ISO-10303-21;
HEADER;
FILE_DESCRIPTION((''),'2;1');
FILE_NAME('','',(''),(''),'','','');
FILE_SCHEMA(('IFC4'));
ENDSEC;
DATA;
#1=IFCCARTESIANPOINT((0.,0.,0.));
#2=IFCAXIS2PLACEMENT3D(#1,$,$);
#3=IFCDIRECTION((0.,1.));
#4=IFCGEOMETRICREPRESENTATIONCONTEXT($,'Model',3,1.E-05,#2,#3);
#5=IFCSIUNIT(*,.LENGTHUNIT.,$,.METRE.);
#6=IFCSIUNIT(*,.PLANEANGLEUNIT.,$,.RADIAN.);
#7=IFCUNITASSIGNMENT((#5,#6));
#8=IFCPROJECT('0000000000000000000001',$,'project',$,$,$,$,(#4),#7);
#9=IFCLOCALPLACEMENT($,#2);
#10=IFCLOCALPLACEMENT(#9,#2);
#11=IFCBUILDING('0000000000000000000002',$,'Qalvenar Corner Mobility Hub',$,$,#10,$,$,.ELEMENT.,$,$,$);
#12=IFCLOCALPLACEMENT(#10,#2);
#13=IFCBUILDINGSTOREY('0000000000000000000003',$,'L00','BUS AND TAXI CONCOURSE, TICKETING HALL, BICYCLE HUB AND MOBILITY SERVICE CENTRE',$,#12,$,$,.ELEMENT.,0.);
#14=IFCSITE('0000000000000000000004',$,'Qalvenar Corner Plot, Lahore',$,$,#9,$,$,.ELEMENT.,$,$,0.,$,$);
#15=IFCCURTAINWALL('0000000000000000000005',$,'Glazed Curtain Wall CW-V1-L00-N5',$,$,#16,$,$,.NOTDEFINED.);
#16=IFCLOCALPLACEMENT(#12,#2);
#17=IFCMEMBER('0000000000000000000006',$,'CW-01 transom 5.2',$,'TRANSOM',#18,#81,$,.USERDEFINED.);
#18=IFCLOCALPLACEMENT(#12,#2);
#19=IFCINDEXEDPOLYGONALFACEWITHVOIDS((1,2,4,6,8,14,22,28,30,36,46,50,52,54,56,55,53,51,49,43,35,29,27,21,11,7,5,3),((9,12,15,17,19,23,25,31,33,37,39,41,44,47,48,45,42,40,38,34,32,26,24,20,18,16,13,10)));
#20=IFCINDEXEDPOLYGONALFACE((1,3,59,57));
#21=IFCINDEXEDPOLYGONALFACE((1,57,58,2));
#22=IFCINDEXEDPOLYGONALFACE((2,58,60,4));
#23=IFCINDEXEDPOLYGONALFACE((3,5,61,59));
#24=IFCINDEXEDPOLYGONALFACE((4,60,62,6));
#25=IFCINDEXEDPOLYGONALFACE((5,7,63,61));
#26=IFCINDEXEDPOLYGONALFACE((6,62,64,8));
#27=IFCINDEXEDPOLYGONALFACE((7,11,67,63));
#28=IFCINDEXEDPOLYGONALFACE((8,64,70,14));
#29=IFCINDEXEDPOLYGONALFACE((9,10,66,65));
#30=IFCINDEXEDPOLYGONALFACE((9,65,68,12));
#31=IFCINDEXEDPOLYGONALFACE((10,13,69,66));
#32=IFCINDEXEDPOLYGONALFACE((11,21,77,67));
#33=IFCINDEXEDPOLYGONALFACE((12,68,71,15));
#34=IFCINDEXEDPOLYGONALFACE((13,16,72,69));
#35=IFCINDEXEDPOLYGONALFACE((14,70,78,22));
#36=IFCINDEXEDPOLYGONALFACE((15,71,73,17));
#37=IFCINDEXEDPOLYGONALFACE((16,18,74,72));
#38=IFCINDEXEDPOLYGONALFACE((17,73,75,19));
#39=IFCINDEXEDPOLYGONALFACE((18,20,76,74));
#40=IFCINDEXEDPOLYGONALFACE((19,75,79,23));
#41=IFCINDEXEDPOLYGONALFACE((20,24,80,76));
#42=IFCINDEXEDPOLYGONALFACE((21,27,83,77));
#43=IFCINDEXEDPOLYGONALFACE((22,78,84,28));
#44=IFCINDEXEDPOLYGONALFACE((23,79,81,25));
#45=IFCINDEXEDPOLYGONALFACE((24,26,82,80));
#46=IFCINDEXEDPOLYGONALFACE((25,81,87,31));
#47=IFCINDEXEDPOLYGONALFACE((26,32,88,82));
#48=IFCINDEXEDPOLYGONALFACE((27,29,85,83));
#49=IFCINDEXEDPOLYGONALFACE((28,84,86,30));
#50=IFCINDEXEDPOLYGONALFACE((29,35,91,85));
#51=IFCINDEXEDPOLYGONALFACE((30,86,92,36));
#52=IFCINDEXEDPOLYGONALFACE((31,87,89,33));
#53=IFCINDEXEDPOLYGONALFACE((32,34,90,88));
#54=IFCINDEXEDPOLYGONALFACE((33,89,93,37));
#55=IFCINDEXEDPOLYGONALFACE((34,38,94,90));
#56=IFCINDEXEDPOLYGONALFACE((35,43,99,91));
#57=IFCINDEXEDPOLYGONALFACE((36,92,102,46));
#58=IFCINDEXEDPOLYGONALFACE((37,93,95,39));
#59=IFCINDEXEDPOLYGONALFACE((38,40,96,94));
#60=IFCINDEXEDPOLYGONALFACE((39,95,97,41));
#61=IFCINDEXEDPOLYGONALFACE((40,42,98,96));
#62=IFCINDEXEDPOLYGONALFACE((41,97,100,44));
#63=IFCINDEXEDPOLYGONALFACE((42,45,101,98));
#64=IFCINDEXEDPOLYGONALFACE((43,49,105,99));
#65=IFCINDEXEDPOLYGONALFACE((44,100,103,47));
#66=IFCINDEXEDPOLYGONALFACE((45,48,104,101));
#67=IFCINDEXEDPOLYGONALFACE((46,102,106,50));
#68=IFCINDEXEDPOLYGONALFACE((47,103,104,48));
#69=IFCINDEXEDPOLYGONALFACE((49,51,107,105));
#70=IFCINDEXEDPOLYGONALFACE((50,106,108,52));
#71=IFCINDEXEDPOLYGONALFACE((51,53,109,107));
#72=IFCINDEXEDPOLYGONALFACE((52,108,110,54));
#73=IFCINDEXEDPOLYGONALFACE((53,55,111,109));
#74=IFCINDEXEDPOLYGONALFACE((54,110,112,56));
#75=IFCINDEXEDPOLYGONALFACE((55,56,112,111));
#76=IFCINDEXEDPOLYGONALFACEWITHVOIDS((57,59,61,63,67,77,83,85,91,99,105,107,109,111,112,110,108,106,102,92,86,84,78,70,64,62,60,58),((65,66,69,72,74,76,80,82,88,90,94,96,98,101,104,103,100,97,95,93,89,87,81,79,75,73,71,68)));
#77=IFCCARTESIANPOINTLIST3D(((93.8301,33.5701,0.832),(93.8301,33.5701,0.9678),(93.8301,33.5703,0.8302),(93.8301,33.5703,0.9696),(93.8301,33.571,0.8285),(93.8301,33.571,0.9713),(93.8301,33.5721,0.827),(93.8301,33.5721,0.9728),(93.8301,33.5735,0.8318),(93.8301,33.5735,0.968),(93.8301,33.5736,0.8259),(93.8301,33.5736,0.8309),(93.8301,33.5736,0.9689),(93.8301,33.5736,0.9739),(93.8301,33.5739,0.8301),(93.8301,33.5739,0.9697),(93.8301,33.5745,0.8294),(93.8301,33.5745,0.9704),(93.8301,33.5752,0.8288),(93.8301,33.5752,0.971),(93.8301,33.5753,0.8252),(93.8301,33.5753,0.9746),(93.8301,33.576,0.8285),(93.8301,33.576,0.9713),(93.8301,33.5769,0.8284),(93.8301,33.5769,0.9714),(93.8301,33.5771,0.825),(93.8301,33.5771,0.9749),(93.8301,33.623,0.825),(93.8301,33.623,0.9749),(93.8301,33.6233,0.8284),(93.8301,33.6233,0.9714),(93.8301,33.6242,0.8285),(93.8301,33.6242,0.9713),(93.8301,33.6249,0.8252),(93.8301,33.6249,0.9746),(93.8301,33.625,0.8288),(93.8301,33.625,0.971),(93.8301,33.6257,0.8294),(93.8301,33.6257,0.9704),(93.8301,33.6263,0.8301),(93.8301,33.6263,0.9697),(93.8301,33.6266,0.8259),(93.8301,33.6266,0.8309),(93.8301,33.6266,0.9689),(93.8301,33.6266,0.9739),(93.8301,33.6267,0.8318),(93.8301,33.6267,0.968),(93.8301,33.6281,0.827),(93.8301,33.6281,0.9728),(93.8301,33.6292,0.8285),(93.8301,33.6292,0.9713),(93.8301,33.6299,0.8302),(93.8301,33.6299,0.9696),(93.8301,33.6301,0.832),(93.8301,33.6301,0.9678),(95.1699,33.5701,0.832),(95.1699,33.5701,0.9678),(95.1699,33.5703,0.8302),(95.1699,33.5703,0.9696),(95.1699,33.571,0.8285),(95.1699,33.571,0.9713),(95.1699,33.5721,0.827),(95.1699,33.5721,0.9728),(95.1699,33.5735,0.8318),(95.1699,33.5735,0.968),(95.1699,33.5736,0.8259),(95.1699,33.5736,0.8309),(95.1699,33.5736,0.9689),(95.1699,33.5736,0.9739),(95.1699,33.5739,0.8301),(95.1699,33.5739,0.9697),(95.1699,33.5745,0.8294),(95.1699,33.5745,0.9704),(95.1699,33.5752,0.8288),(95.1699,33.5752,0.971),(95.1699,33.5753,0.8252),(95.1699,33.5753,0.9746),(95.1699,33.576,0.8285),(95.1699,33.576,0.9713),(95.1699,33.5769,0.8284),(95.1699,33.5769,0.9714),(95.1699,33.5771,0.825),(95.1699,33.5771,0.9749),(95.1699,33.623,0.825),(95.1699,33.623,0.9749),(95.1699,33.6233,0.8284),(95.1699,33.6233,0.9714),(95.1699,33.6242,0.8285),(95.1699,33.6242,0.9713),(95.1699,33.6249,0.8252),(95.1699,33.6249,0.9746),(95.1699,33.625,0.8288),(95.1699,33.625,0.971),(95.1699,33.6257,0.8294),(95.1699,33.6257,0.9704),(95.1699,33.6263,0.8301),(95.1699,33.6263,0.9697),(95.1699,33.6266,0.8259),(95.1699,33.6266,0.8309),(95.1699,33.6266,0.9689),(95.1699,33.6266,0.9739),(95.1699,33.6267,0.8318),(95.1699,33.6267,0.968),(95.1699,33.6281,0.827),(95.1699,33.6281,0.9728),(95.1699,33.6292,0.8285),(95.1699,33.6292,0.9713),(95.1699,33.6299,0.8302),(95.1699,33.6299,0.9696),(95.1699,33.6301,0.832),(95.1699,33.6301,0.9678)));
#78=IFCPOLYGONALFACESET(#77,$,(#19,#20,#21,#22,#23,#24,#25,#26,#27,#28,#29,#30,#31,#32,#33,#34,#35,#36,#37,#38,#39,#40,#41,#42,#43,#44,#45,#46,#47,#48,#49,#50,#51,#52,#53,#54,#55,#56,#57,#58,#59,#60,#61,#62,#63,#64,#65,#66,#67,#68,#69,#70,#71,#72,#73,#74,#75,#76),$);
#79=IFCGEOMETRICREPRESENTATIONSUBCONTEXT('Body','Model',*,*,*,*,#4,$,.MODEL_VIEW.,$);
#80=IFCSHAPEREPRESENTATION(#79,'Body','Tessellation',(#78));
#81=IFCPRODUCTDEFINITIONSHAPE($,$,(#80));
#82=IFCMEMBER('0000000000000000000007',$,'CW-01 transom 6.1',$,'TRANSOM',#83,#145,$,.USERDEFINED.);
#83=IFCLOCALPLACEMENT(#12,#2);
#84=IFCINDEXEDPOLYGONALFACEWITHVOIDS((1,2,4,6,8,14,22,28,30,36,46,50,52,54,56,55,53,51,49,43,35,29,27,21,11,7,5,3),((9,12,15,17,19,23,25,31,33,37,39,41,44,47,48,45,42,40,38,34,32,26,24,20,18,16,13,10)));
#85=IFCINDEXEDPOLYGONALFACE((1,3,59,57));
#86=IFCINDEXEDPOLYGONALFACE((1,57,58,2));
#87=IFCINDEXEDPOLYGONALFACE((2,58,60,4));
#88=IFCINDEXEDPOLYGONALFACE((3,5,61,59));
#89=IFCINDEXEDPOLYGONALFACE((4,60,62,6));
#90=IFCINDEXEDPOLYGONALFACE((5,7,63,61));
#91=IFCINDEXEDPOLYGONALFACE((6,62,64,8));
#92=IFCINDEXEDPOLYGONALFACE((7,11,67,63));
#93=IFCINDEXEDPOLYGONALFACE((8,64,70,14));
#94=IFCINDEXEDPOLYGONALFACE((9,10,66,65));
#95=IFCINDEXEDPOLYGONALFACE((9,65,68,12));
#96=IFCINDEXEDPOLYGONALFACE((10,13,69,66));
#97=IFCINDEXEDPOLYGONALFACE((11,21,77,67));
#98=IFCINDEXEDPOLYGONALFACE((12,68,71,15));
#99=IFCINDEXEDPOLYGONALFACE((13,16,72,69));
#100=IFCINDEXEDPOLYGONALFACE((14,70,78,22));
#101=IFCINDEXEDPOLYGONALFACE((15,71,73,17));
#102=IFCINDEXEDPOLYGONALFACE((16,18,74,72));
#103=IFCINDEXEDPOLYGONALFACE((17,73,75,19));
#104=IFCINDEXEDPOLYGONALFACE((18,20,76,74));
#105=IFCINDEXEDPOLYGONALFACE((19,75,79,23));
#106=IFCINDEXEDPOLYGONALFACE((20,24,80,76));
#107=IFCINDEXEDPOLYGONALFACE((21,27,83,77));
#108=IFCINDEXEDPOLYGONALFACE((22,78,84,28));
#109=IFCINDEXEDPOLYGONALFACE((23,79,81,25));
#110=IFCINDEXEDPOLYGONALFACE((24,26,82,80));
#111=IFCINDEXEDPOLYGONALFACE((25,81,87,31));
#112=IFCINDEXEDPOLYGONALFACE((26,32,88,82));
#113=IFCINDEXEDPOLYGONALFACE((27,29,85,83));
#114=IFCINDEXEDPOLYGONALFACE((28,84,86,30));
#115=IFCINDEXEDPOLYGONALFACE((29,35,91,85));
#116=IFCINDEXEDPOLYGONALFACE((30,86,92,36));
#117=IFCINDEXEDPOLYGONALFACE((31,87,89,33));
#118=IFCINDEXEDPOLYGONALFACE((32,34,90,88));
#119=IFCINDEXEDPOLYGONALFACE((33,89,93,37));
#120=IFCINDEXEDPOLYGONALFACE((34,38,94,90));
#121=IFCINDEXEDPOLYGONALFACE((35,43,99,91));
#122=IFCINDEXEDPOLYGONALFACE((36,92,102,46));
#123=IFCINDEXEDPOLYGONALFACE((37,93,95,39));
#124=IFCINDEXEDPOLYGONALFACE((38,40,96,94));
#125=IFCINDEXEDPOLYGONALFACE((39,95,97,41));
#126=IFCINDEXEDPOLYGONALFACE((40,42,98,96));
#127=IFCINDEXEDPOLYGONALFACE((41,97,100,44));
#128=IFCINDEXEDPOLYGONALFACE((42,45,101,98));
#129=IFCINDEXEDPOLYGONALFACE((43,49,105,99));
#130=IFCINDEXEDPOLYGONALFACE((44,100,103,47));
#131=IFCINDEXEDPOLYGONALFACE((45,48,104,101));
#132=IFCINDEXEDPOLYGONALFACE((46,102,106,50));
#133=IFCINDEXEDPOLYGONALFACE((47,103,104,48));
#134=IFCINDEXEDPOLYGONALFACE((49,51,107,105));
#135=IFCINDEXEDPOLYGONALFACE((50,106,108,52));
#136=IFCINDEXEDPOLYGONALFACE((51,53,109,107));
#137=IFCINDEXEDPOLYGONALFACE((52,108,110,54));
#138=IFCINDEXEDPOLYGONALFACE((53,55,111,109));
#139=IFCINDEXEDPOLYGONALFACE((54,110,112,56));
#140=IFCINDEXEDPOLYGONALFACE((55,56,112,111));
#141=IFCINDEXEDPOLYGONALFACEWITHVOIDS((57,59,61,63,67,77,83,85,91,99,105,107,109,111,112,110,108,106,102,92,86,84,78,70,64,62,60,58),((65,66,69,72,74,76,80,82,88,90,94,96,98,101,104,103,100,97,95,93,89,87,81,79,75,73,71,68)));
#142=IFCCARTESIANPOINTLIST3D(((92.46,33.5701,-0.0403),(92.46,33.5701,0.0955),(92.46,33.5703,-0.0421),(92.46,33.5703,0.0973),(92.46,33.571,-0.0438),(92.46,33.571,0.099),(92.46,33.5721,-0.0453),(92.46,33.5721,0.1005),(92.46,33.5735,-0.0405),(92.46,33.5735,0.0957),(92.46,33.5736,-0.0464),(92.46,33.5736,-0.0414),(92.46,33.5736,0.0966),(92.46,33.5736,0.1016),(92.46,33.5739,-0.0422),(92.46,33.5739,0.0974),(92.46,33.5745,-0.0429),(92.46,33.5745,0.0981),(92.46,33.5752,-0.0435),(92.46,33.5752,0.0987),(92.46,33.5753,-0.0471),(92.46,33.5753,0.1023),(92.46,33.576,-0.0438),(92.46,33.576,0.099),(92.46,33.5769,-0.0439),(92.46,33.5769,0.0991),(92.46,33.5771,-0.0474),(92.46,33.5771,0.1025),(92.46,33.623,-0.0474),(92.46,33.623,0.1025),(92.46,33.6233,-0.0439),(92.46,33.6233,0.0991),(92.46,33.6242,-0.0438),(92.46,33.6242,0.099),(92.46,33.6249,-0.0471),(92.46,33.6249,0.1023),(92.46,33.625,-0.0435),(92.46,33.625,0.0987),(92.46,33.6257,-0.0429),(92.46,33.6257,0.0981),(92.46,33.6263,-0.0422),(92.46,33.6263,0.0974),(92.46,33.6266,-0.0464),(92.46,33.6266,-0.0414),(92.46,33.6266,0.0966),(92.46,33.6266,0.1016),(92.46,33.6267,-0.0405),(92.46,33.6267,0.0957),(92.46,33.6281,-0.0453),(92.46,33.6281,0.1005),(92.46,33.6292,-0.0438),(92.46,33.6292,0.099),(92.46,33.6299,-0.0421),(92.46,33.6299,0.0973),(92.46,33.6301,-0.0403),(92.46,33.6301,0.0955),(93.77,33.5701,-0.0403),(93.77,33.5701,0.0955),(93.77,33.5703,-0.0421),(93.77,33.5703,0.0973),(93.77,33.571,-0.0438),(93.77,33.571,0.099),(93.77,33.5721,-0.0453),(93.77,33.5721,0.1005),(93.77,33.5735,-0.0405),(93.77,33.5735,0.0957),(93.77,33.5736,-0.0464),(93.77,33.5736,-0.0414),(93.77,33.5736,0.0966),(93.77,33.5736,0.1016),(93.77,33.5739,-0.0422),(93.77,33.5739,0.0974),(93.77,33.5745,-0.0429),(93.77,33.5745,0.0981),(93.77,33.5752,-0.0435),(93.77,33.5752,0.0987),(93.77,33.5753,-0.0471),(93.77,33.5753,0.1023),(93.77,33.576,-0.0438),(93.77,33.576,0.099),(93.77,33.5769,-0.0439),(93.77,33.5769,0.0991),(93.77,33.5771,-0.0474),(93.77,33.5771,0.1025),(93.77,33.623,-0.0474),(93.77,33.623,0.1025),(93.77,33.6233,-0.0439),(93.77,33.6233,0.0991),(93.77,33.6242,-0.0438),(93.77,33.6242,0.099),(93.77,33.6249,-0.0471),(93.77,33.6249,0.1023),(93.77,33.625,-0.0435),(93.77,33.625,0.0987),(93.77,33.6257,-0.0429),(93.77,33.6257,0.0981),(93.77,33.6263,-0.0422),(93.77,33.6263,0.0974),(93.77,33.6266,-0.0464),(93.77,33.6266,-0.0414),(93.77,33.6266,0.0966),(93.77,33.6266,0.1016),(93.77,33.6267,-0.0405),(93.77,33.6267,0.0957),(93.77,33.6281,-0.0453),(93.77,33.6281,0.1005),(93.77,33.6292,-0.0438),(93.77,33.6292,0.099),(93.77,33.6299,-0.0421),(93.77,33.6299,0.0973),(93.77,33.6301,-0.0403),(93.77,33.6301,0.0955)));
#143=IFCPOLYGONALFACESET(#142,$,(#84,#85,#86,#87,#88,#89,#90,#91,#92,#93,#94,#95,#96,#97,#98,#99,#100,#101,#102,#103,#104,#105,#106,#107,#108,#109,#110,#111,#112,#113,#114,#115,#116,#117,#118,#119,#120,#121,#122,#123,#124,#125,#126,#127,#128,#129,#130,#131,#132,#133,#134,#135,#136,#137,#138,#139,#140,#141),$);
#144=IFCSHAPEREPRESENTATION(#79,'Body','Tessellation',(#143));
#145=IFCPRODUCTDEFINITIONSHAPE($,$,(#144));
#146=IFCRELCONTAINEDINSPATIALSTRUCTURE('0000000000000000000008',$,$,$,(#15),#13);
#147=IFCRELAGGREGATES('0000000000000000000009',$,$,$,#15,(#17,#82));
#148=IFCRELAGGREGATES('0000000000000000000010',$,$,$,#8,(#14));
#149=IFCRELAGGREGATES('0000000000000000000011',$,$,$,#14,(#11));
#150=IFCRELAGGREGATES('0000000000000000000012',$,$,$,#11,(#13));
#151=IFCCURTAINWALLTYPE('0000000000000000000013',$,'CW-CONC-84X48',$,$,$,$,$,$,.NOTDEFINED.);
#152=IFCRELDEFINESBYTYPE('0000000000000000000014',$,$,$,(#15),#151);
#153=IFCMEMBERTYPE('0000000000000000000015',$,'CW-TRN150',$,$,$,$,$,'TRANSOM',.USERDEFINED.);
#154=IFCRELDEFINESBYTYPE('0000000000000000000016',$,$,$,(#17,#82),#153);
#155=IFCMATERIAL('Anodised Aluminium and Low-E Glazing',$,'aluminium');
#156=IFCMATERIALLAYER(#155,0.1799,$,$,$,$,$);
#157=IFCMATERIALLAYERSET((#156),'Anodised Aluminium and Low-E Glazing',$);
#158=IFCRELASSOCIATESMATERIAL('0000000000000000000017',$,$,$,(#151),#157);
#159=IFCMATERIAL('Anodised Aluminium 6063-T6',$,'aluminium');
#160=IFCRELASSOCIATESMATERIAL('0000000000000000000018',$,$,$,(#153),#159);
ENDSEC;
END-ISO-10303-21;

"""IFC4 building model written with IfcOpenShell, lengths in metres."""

from ifc_helpers import new_model, si_unit, direction, frame, origin, origin_2d, place, context, subcontext, project, spatial, hollow_rectangle, extrude, material, layer, layer_set, material_profile, profile_set, type_object, element, aggregate, save


model = new_model("IFC4")

# Units and contexts
model_context = context("Model", 3, precision=1e-05, world=origin(), true_north=direction((0.0, 1.0)))
body_context = subcontext(model_context, "Body", "Model", "MODEL_VIEW")
ifc_project = project(units=[si_unit("LENGTHUNIT", "METRE"), si_unit("PLANEANGLEUNIT", "RADIAN")], contexts=[model_context])

# Site, building, storey
site_placement = place(None, origin())
site = spatial("IfcSite", under=ifc_project, at=site_placement, Name="Qalvenar Corner Plot, Lahore", CompositionType="ELEMENT", RefElevation=0.0)
building_placement = place(site_placement, origin())
building = spatial("IfcBuilding", under=site, at=building_placement, Name="Qalvenar Corner Mobility Hub", CompositionType="ELEMENT")
storey_placement = place(building_placement, origin())
storey = spatial("IfcBuildingStorey", under=building, at=storey_placement, Name="L00", Description="BUS AND TAXI CONCOURSE, TICKETING HALL, BICYCLE HUB AND MOBILITY SERVICE CENTRE", CompositionType="ELEMENT", Elevation=0.0)

# Curtain wall
ifc_material_1 = material(Name="Anodised Aluminium and Low-E Glazing", Category="aluminium")
ifc_layer_1 = layer(ifc_material_1, 0.1799)
ifc_layer_set_1 = layer_set([ifc_layer_1], Name="Anodised Aluminium and Low-E Glazing")
curtain_wall_type = type_object("IfcCurtainWallType", Name="CW-CONC-84X48", PredefinedType="NOTDEFINED", material=ifc_layer_set_1)
ifc_material_2 = material(Name="Anodised Aluminium 6063-T6", Category="aluminium")
curtain_wall_1_placement = place(storey_placement, origin())
curtain_wall_1 = element("IfcCurtainWall", 1, at=curtain_wall_1_placement, inside=storey, type_object=curtain_wall_type, Name="Glazed Curtain Wall CW-V1-L00-N5", PredefinedType="NOTDEFINED")

# Members
ifc_material_profile_1 = material_profile(ifc_material_2, hollow_rectangle(XDim=0.0601, YDim=0.1499, WallThickness=0.0034, InnerFilletRadius=0.0034, OuterFilletRadius=0.0071, at=origin_2d()), Name="RHS150x60x3.5")
ifc_profile_set_1 = profile_set([ifc_material_profile_1], Name="Anodised Aluminium 6063-T6")
member_type_1 = type_object("IfcMemberType", Name="CW-TRN150", ElementType="TRANSOM", PredefinedType="USERDEFINED", material=ifc_profile_set_1)
member_1_placement = place(storey_placement, frame((95.1699, 33.6001, 0.8999), z_axis=(-1.0, 0.0, 0.0), x_axis=(0.0, -1.0, 0.0)))
member_1 = element("IfcMember", 2, at=member_1_placement, type_object=member_type_1, Name="CW-01 transom 5.2", ObjectType="TRANSOM", PredefinedType="USERDEFINED", context=body_context, shape_type="SweptSolid", body=[
    extrude(hollow_rectangle(XDim=0.0601, YDim=0.1499, WallThickness=0.0034, InnerFilletRadius=0.0034, OuterFilletRadius=0.0071, at=origin_2d()), origin(), (0.0, 0.0, 1.0), 1.3398),
])
member_2_placement = place(storey_placement, frame((93.77, 33.6001, 0.0276), z_axis=(-1.0, 0.0, 0.0), x_axis=(0.0, -1.0, 0.0)))
member_2 = element("IfcMember", 3, at=member_2_placement, type_object=member_type_1, Name="CW-01 transom 6.1", ObjectType="TRANSOM", PredefinedType="USERDEFINED", context=body_context, shape_type="SweptSolid", body=[
    extrude(hollow_rectangle(XDim=0.0601, YDim=0.1499, WallThickness=0.0034, InnerFilletRadius=0.0034, OuterFilletRadius=0.0071, at=origin_2d()), origin(), (0.0, 0.0, 1.0), 1.3101),
])

aggregate(curtain_wall_1, [member_1, member_2])

save(model, "model.ifc")
